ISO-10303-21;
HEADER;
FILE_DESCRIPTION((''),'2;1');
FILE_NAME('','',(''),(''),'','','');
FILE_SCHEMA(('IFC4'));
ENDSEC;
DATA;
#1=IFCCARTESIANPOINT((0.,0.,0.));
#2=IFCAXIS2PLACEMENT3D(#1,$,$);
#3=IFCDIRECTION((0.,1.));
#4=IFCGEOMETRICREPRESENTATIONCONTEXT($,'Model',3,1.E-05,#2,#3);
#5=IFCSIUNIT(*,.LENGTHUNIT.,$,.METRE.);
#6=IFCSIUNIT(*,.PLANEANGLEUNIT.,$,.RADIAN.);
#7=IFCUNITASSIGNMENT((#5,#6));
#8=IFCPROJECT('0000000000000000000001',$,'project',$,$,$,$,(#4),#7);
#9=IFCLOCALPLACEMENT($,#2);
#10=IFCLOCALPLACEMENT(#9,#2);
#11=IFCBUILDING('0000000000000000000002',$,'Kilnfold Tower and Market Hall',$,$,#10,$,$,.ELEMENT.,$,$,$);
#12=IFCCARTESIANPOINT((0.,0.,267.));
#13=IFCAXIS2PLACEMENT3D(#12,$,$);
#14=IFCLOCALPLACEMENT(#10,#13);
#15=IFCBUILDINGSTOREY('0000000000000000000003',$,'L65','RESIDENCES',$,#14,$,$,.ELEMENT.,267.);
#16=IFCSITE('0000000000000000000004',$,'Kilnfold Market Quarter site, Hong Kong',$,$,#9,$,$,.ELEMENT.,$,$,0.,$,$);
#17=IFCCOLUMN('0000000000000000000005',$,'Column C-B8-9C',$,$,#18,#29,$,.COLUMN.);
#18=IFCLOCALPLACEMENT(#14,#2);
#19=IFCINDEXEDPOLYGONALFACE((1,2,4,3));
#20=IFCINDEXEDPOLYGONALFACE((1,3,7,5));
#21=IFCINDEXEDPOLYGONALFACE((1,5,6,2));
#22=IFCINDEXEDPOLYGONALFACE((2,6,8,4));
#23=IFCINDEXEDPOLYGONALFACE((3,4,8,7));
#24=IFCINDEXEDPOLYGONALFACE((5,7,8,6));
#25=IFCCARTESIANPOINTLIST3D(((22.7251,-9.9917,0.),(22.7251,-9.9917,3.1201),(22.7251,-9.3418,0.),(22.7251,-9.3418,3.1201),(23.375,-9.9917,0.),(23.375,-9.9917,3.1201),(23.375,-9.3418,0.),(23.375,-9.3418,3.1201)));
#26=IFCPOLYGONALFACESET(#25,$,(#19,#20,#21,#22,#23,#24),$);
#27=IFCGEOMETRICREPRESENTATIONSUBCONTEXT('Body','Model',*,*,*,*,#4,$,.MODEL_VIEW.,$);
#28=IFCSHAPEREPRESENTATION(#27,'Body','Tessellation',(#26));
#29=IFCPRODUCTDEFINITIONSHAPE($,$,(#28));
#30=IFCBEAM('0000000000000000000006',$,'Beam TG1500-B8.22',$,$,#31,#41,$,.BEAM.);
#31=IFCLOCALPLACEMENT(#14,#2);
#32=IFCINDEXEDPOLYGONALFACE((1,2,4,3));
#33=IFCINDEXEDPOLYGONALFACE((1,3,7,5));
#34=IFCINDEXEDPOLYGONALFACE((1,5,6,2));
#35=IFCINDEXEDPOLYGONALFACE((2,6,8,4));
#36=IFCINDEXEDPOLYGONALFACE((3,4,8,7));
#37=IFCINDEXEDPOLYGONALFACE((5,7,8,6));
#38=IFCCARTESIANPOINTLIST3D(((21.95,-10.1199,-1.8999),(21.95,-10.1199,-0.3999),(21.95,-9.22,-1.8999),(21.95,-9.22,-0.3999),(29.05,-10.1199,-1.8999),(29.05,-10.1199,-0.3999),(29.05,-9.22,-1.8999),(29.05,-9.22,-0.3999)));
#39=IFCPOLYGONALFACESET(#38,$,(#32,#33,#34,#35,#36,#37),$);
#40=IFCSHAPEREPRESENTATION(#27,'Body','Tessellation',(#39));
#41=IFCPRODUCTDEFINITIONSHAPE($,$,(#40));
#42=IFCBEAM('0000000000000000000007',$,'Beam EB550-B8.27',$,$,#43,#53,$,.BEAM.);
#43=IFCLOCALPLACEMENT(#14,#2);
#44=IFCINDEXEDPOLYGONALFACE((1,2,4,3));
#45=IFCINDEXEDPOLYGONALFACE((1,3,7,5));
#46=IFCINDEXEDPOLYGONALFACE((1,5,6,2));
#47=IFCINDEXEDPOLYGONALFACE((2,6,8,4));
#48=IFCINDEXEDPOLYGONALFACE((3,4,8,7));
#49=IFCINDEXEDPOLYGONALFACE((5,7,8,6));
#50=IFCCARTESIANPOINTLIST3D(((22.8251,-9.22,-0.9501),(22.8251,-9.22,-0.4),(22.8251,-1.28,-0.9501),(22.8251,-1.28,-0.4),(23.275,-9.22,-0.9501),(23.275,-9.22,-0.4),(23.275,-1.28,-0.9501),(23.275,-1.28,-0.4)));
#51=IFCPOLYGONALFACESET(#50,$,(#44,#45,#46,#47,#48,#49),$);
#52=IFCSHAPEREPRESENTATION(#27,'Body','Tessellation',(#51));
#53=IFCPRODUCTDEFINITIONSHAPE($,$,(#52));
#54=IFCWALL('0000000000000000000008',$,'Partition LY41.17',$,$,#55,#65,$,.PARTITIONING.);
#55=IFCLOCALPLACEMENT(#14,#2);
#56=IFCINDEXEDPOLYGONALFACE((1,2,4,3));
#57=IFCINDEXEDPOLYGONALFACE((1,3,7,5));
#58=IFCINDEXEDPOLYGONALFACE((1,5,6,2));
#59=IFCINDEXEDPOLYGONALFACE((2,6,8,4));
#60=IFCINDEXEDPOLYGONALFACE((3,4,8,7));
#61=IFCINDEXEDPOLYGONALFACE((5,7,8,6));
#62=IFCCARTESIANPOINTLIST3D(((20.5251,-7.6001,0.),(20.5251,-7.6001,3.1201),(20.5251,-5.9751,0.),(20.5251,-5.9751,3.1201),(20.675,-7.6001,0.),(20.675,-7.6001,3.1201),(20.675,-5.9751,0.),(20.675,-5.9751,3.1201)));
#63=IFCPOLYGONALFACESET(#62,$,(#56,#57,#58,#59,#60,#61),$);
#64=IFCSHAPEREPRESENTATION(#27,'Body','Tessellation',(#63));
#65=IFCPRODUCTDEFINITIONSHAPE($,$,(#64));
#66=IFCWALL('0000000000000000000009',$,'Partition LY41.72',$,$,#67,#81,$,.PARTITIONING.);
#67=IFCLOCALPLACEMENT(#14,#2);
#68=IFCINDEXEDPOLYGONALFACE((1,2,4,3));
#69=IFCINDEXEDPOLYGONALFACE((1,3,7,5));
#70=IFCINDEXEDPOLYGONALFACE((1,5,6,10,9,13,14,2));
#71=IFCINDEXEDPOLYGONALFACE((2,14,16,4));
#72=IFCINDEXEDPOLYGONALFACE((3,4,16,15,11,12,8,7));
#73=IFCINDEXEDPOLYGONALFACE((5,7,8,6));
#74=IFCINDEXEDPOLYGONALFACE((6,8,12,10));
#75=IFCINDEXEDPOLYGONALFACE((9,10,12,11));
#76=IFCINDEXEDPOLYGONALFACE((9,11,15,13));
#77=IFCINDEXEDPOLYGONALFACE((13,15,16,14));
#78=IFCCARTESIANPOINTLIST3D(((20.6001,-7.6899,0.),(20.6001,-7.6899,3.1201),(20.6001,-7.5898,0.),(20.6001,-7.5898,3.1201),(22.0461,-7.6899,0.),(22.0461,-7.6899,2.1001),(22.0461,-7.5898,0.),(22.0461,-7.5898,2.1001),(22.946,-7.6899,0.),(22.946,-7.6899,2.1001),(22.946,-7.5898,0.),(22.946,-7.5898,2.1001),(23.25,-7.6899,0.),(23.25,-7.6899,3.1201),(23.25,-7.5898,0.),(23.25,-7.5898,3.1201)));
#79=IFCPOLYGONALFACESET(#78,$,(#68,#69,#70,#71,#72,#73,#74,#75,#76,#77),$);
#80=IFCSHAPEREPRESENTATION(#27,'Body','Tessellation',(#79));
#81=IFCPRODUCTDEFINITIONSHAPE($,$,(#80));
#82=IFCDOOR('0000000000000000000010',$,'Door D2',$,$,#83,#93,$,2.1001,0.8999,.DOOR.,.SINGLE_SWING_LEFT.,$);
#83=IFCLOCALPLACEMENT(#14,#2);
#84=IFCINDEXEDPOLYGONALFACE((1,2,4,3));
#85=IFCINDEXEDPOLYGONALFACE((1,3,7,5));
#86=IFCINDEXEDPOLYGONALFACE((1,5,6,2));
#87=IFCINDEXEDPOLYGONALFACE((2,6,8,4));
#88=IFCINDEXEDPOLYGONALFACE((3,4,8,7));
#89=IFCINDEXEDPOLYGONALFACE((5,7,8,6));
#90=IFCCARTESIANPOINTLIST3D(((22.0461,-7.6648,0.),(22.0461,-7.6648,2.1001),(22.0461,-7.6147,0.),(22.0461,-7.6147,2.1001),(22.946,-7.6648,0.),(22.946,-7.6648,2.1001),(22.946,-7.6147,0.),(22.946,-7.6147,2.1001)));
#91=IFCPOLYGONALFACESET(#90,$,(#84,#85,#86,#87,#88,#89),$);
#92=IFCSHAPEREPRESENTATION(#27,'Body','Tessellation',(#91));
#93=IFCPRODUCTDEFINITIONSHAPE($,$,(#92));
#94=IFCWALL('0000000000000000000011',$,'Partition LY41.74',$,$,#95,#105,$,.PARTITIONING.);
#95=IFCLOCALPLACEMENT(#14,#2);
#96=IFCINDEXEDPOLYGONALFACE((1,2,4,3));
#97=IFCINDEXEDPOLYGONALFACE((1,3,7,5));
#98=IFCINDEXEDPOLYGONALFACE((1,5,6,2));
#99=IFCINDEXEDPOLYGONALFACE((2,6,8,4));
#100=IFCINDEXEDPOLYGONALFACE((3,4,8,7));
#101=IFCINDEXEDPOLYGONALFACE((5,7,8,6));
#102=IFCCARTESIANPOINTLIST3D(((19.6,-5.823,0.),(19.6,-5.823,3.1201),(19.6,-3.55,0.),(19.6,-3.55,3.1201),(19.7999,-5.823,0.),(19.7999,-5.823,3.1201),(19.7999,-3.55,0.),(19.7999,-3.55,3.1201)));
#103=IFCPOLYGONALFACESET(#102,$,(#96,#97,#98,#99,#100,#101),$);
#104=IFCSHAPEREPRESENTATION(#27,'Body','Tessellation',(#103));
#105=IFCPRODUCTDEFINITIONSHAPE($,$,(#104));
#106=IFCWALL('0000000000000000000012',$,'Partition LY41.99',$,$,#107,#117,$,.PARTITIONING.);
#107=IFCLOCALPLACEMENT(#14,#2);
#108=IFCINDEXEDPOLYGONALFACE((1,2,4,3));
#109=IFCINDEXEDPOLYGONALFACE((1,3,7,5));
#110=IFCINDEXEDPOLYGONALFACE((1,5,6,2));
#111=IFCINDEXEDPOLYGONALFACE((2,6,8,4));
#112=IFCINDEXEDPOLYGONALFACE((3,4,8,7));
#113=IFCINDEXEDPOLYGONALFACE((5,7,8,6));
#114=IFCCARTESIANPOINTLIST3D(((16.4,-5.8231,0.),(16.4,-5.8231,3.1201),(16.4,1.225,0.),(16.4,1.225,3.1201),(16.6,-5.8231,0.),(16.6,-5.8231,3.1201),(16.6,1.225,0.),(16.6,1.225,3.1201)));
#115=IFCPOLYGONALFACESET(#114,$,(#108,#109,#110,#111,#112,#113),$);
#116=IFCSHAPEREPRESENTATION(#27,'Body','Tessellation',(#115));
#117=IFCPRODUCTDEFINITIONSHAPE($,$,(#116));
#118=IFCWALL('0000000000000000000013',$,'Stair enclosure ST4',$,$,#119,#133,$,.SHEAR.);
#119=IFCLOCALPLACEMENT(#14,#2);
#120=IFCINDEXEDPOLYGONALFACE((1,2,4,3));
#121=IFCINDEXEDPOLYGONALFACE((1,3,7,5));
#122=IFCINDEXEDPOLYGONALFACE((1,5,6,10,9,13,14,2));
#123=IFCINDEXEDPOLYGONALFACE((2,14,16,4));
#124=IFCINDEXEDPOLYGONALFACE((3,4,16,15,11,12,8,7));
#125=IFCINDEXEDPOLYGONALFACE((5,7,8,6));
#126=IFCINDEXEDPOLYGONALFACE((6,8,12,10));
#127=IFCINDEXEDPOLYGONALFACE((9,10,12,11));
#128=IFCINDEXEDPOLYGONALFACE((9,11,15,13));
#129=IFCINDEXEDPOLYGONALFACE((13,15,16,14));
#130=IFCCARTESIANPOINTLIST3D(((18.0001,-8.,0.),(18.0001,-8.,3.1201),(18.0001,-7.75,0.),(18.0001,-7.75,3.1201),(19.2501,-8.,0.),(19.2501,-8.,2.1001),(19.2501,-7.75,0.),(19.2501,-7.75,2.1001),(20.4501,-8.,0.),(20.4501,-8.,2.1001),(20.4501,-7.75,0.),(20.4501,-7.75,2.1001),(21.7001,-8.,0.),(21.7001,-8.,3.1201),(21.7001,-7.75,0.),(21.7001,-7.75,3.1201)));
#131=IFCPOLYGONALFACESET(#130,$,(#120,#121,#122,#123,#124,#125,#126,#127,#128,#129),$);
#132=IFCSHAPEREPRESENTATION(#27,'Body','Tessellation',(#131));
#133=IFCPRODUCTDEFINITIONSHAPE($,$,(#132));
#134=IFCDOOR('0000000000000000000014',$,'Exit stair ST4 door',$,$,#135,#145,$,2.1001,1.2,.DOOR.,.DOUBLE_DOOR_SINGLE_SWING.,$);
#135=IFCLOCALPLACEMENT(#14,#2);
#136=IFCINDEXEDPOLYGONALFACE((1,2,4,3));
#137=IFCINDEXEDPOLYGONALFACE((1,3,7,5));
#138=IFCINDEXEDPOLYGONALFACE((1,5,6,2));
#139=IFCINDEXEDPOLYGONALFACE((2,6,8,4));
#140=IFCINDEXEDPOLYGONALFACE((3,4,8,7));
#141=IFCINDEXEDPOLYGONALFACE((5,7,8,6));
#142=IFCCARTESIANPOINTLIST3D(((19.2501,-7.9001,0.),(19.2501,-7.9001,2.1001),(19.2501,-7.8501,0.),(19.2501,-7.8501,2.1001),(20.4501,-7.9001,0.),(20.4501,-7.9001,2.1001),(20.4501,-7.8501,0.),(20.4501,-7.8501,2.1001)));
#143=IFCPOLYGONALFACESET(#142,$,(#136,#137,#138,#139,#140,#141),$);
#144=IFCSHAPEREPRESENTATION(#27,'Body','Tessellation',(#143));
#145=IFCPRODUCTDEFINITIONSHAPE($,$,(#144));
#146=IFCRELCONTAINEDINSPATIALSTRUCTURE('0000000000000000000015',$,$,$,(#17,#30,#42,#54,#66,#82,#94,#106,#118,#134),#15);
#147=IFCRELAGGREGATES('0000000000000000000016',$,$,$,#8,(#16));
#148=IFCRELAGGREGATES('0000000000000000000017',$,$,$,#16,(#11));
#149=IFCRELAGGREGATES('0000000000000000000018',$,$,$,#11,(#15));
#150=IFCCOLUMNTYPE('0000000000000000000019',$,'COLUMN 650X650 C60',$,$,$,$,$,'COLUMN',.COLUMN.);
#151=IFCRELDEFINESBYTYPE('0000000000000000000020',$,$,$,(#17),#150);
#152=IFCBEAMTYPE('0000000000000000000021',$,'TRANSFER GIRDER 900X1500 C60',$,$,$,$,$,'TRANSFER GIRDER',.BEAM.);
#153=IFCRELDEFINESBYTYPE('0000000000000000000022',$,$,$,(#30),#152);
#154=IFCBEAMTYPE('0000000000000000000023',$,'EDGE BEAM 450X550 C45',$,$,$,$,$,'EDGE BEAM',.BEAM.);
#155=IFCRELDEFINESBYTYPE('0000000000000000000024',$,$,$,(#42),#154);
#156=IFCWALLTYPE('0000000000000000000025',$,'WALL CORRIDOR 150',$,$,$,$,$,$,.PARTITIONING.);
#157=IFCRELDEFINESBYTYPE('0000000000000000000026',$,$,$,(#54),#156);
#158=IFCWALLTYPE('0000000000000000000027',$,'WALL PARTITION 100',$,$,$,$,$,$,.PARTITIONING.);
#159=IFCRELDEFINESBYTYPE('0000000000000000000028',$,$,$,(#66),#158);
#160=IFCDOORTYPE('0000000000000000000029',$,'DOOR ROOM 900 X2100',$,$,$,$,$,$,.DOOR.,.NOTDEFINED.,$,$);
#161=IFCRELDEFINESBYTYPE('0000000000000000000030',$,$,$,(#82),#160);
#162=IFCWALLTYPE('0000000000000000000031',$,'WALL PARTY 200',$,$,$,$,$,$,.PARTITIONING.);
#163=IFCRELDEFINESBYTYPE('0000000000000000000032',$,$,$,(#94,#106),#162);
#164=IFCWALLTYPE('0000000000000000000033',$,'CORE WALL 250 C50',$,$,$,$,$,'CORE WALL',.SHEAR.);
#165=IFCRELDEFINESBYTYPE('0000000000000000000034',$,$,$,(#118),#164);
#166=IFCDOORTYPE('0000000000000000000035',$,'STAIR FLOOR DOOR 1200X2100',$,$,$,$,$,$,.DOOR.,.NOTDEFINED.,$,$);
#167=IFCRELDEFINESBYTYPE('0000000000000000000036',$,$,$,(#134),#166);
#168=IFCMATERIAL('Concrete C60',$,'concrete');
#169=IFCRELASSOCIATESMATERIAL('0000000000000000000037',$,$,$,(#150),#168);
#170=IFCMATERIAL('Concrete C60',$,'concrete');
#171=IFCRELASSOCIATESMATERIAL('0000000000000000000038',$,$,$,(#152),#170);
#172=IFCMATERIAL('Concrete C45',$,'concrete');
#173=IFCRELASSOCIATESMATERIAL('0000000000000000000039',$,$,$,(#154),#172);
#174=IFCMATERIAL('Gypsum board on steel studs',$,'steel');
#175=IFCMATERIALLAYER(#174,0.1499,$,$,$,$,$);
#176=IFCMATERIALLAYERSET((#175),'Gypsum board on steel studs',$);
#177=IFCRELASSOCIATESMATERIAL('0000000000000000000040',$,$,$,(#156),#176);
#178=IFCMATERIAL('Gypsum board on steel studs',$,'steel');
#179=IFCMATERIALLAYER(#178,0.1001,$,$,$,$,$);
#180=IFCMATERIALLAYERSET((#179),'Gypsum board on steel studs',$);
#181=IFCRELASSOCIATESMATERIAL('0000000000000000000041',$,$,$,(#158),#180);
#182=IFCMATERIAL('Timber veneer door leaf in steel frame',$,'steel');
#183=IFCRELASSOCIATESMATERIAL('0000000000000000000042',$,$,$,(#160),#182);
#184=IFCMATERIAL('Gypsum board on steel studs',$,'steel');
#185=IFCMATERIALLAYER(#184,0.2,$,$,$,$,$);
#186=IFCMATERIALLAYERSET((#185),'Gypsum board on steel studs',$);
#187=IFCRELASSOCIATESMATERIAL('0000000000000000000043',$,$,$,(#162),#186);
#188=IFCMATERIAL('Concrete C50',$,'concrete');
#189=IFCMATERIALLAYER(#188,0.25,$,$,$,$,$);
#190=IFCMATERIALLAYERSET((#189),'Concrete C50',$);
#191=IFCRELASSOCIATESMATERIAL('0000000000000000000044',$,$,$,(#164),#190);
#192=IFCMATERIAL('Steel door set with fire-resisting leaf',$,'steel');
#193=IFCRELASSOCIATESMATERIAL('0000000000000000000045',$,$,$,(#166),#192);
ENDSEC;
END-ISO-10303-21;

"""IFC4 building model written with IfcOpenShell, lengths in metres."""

from ifc_helpers import new_model, si_unit, direction, frame, frame_2d, origin, origin_2d, place, context, subcontext, project, spatial, rectangle, extrude, source, transform, mapped, material, layer, layer_set, material_profile, profile_set, type_object, element, fill, save


model = new_model("IFC4")

# Units and contexts
model_context = context("Model", 3, precision=1e-05, world=origin(), true_north=direction((0.0, 1.0)))
body_context = subcontext(model_context, "Body", "Model", "MODEL_VIEW")
ifc_project = project(units=[si_unit("LENGTHUNIT", "METRE"), si_unit("PLANEANGLEUNIT", "RADIAN")], contexts=[model_context])

# Site, building, storey
site_placement = place(None, origin())
site = spatial("IfcSite", under=ifc_project, at=site_placement, Name="Kilnfold Market Quarter site, Hong Kong", CompositionType="ELEMENT", RefElevation=0.0)
building_placement = place(site_placement, origin())
building = spatial("IfcBuilding", under=site, at=building_placement, Name="Kilnfold Tower and Market Hall", CompositionType="ELEMENT")
storey_placement = place(building_placement, frame((0.0, 0.0, 267.0)))
storey = spatial("IfcBuildingStorey", under=building, at=storey_placement, Name="L65", Description="RESIDENCES", CompositionType="ELEMENT", Elevation=267.0)

# Column
ifc_material_1 = material(Name="Concrete C60", Category="concrete")
ifc_material_profile_1 = material_profile(ifc_material_1, rectangle(XDim=0.6499, YDim=0.6499, at=origin_2d()), Name="RC 650x650")
ifc_profile_set_1 = profile_set([ifc_material_profile_1], Name="Concrete C60")
column_type = type_object("IfcColumnType", Name="COLUMN 650X650 C60", ElementType="COLUMN", PredefinedType="COLUMN", material=ifc_profile_set_1)
shared_shape_1 = source(origin(), body_context, "Body", "SweptSolid", [
    extrude(rectangle(XDim=0.6499, YDim=0.6499, at=origin_2d()), origin(), (0.0, 0.0, 1.0), 3.1201),
])
column_placement = place(storey_placement, frame((23.05, -9.6667, 0.0), z_axis=(0.0, 0.0, 1.0), x_axis=(1.0, 0.0, 0.0)))
element("IfcColumn", 1, at=column_placement, inside=storey, type_object=column_type, Name="Column C-B8-9C", PredefinedType="COLUMN", context=body_context, shape_type="MappedRepresentation", body=[
    mapped(shared_shape_1, transform((0.0, 0.0, 0.0))),
])

# Beams
ifc_material_2 = material(Name="Concrete C60", Category="concrete")
ifc_material_profile_2 = material_profile(ifc_material_2, rectangle(XDim=0.8999, YDim=1.5, at=origin_2d()), Name="RC 900x1500")
ifc_profile_set_2 = profile_set([ifc_material_profile_2], Name="Concrete C60")
beam_type_1 = type_object("IfcBeamType", Name="TRANSFER GIRDER 900X1500 C60", ElementType="TRANSFER GIRDER", PredefinedType="BEAM", material=ifc_profile_set_2)
shared_shape_2 = source(origin(), body_context, "Body", "SweptSolid", [
    extrude(rectangle(XDim=0.8999, YDim=1.5, at=origin_2d()), origin(), (0.0, 0.0, 1.0), 7.1001),
])
beam_1_placement = place(storey_placement, frame((21.95, -9.6699, -1.1499), z_axis=(1.0, 0.0, 0.0), x_axis=(0.0, 1.0, 0.0)))
element("IfcBeam", 2, at=beam_1_placement, inside=storey, type_object=beam_type_1, Name="Beam TG1500-B8.22", PredefinedType="BEAM", context=body_context, shape_type="MappedRepresentation", body=[
    mapped(shared_shape_2, transform((0.0, 0.0, 0.0))),
])
ifc_material_3 = material(Name="Concrete C45", Category="concrete")
ifc_material_profile_3 = material_profile(ifc_material_3, rectangle(XDim=0.45, YDim=0.55, at=origin_2d()), Name="RC 450x550")
ifc_profile_set_3 = profile_set([ifc_material_profile_3], Name="Concrete C45")
beam_type_2 = type_object("IfcBeamType", Name="EDGE BEAM 450X550 C45", ElementType="EDGE BEAM", PredefinedType="BEAM", material=ifc_profile_set_3)
shared_shape_3 = source(origin(), body_context, "Body", "SweptSolid", [
    extrude(rectangle(XDim=0.45, YDim=0.55, at=origin_2d()), origin(), (0.0, 0.0, 1.0), 7.9399),
])
beam_2_placement = place(storey_placement, frame((23.05, -9.22, -0.675), z_axis=(0.0, 1.0, 0.0), x_axis=(-1.0, 0.0, 0.0)))
element("IfcBeam", 3, at=beam_2_placement, inside=storey, type_object=beam_type_2, Name="Beam EB550-B8.27", PredefinedType="BEAM", context=body_context, shape_type="MappedRepresentation", body=[
    mapped(shared_shape_3, transform((0.0, 0.0, 0.0))),
])

# Wall
ifc_material_4 = material(Name="Gypsum board on steel studs", Category="steel")
ifc_layer_1 = layer(ifc_material_4, 0.1499)
ifc_layer_set_1 = layer_set([ifc_layer_1], Name="Gypsum board on steel studs")
wall_type_1 = type_object("IfcWallType", Name="WALL CORRIDOR 150", PredefinedType="PARTITIONING", material=ifc_layer_set_1)
wall_1_placement = place(storey_placement, frame((20.6001, -7.6001, 0.0), z_axis=(0.0, 0.0, 1.0), x_axis=(0.0, 1.0, 0.0)))
element("IfcWall", 4, at=wall_1_placement, inside=storey, type_object=wall_type_1, Name="Partition LY41.17", PredefinedType="PARTITIONING", context=body_context, shape_type="SweptSolid", body=[
    extrude(rectangle(XDim=1.625, YDim=0.1499, at=frame_2d((0.8125, 0.0))), origin(), (0.0, 0.0, 1.0), 3.1201),
])

# Wall, opening, door
ifc_material_5 = material(Name="Gypsum board on steel studs", Category="steel")
ifc_layer_2 = layer(ifc_material_5, 0.1001)
ifc_layer_set_2 = layer_set([ifc_layer_2], Name="Gypsum board on steel studs")
wall_type_2 = type_object("IfcWallType", Name="WALL PARTITION 100", PredefinedType="PARTITIONING", material=ifc_layer_set_2)
wall_2_placement = place(storey_placement, frame((23.25, -7.6399, 0.0), z_axis=(0.0, 0.0, 1.0), x_axis=(-1.0, 0.0, 0.0)))
wall_2 = element("IfcWall", 5, at=wall_2_placement, inside=storey, type_object=wall_type_2, Name="Partition LY41.72", PredefinedType="PARTITIONING", context=body_context, shape_type="SweptSolid", body=[
    extrude(rectangle(XDim=2.6499, YDim=0.1001, at=frame_2d((1.325, 0.0))), origin(), (0.0, 0.0, 1.0), 3.1201),
])
opening_1_placement = place(wall_2_placement, frame((0.304, 0.0, 0.0)))
opening_1 = element("IfcOpeningElement", 6, at=opening_1_placement, cuts=wall_2, PredefinedType="OPENING", context=body_context, shape_type="SweptSolid", body=[
    extrude(rectangle(XDim=0.8999, YDim=2.1001, at=frame_2d((0.45, 1.05))), frame((0.0, 0.0601, 0.0), z_axis=(0.0, -1.0, 0.0), x_axis=(1.0, 0.0, 0.0)), (0.0, 0.0, 1.0), 0.1201),
])
ifc_material_6 = material(Name="Timber veneer door leaf in steel frame", Category="steel")
door_type_1 = type_object("IfcDoorType", Name="DOOR ROOM 900 X2100", OperationType="NOTDEFINED", PredefinedType="DOOR", material=ifc_material_6)
door_1_placement = place(opening_1_placement, origin())
door_1 = element("IfcDoor", 7, at=door_1_placement, inside=storey, type_object=door_type_1, Name="Door D2", OperationType="SINGLE_SWING_LEFT", OverallHeight=2.1001, OverallWidth=0.8999, PredefinedType="DOOR", context=body_context, shape_type="SweptSolid", body=[
    extrude(rectangle(XDim=0.8999, YDim=2.1001, at=frame_2d((0.45, 1.05))), frame((0.0, 0.0249, 0.0), z_axis=(0.0, -1.0, 0.0), x_axis=(1.0, 0.0, 0.0)), (0.0, 0.0, 1.0), 0.05),
])
fill(opening_1, door_1)

# Walls
ifc_material_7 = material(Name="Gypsum board on steel studs", Category="steel")
ifc_layer_3 = layer(ifc_material_7, 0.2)
ifc_layer_set_3 = layer_set([ifc_layer_3], Name="Gypsum board on steel studs")
wall_type_3 = type_object("IfcWallType", Name="WALL PARTY 200", PredefinedType="PARTITIONING", material=ifc_layer_set_3)
wall_3_placement = place(storey_placement, frame((19.7, -5.823, 0.0), z_axis=(0.0, 0.0, 1.0), x_axis=(0.0, 1.0, 0.0)))
element("IfcWall", 8, at=wall_3_placement, inside=storey, type_object=wall_type_3, Name="Partition LY41.74", PredefinedType="PARTITIONING", context=body_context, shape_type="SweptSolid", body=[
    extrude(rectangle(XDim=2.2729, YDim=0.2, at=frame_2d((1.1365, 0.0))), origin(), (0.0, 0.0, 1.0), 3.1201),
])
wall_4_placement = place(storey_placement, frame((16.5, -5.823, 0.0), z_axis=(0.0, 0.0, 1.0), x_axis=(0.0, 1.0, 0.0)))
element("IfcWall", 9, at=wall_4_placement, inside=storey, type_object=wall_type_3, Name="Partition LY41.99", PredefinedType="PARTITIONING", context=body_context, shape_type="SweptSolid", body=[
    extrude(rectangle(XDim=7.0481, YDim=0.2, at=frame_2d((3.5239, 0.0))), origin(), (0.0, 0.0, 1.0), 3.1201),
])

# Wall, opening, door
ifc_material_8 = material(Name="Concrete C50", Category="concrete")
ifc_layer_4 = layer(ifc_material_8, 0.25)
ifc_layer_set_4 = layer_set([ifc_layer_4], Name="Concrete C50")
wall_type_4 = type_object("IfcWallType", Name="CORE WALL 250 C50", ElementType="CORE WALL", PredefinedType="SHEAR", material=ifc_layer_set_4)
shared_shape_4 = source(origin(), body_context, "Body", "SweptSolid", [
    extrude(rectangle(XDim=3.7, YDim=0.25, at=frame_2d((1.8501, 0.0))), origin(), (0.0, 0.0, 1.0), 3.1201),
])
wall_5_placement = place(storey_placement, frame((18.0, -7.875, 0.0), z_axis=(0.0, 0.0, 1.0), x_axis=(1.0, 0.0, 0.0)))
wall_5 = element("IfcWall", 10, at=wall_5_placement, inside=storey, type_object=wall_type_4, Name="Stair enclosure ST4", PredefinedType="SHEAR", context=body_context, shape_type="MappedRepresentation", body=[
    mapped(shared_shape_4, transform((0.0, 0.0, 0.0))),
])
opening_2_placement = place(wall_5_placement, frame((1.25, 0.0, 0.0)))
opening_2 = element("IfcOpeningElement", 11, at=opening_2_placement, cuts=wall_5, PredefinedType="OPENING", context=body_context, shape_type="SweptSolid", body=[
    extrude(rectangle(XDim=1.2, YDim=2.1001, at=frame_2d((0.6001, 1.05))), frame((0.0, 0.135, 0.0), z_axis=(0.0, -1.0, 0.0), x_axis=(1.0, 0.0, 0.0)), (0.0, 0.0, 1.0), 0.27),
])
ifc_material_9 = material(Name="Steel door set with fire-resisting leaf", Category="steel")
door_type_2 = type_object("IfcDoorType", Name="STAIR FLOOR DOOR 1200X2100", OperationType="NOTDEFINED", PredefinedType="DOOR", material=ifc_material_9)
door_2_placement = place(opening_2_placement, origin())
door_2 = element("IfcDoor", 12, at=door_2_placement, inside=storey, type_object=door_type_2, Name="Exit stair ST4 door", OperationType="DOUBLE_DOOR_SINGLE_SWING", OverallHeight=2.1001, OverallWidth=1.2, PredefinedType="DOOR", context=body_context, shape_type="SweptSolid", body=[
    extrude(rectangle(XDim=1.2, YDim=2.1001, at=frame_2d((0.6001, 1.05))), frame((0.0, 0.0249, 0.0), z_axis=(0.0, -1.0, 0.0), x_axis=(1.0, 0.0, 0.0)), (0.0, 0.0, 1.0), 0.05),
])
fill(opening_2, door_2)

save(model, "model.ifc")
